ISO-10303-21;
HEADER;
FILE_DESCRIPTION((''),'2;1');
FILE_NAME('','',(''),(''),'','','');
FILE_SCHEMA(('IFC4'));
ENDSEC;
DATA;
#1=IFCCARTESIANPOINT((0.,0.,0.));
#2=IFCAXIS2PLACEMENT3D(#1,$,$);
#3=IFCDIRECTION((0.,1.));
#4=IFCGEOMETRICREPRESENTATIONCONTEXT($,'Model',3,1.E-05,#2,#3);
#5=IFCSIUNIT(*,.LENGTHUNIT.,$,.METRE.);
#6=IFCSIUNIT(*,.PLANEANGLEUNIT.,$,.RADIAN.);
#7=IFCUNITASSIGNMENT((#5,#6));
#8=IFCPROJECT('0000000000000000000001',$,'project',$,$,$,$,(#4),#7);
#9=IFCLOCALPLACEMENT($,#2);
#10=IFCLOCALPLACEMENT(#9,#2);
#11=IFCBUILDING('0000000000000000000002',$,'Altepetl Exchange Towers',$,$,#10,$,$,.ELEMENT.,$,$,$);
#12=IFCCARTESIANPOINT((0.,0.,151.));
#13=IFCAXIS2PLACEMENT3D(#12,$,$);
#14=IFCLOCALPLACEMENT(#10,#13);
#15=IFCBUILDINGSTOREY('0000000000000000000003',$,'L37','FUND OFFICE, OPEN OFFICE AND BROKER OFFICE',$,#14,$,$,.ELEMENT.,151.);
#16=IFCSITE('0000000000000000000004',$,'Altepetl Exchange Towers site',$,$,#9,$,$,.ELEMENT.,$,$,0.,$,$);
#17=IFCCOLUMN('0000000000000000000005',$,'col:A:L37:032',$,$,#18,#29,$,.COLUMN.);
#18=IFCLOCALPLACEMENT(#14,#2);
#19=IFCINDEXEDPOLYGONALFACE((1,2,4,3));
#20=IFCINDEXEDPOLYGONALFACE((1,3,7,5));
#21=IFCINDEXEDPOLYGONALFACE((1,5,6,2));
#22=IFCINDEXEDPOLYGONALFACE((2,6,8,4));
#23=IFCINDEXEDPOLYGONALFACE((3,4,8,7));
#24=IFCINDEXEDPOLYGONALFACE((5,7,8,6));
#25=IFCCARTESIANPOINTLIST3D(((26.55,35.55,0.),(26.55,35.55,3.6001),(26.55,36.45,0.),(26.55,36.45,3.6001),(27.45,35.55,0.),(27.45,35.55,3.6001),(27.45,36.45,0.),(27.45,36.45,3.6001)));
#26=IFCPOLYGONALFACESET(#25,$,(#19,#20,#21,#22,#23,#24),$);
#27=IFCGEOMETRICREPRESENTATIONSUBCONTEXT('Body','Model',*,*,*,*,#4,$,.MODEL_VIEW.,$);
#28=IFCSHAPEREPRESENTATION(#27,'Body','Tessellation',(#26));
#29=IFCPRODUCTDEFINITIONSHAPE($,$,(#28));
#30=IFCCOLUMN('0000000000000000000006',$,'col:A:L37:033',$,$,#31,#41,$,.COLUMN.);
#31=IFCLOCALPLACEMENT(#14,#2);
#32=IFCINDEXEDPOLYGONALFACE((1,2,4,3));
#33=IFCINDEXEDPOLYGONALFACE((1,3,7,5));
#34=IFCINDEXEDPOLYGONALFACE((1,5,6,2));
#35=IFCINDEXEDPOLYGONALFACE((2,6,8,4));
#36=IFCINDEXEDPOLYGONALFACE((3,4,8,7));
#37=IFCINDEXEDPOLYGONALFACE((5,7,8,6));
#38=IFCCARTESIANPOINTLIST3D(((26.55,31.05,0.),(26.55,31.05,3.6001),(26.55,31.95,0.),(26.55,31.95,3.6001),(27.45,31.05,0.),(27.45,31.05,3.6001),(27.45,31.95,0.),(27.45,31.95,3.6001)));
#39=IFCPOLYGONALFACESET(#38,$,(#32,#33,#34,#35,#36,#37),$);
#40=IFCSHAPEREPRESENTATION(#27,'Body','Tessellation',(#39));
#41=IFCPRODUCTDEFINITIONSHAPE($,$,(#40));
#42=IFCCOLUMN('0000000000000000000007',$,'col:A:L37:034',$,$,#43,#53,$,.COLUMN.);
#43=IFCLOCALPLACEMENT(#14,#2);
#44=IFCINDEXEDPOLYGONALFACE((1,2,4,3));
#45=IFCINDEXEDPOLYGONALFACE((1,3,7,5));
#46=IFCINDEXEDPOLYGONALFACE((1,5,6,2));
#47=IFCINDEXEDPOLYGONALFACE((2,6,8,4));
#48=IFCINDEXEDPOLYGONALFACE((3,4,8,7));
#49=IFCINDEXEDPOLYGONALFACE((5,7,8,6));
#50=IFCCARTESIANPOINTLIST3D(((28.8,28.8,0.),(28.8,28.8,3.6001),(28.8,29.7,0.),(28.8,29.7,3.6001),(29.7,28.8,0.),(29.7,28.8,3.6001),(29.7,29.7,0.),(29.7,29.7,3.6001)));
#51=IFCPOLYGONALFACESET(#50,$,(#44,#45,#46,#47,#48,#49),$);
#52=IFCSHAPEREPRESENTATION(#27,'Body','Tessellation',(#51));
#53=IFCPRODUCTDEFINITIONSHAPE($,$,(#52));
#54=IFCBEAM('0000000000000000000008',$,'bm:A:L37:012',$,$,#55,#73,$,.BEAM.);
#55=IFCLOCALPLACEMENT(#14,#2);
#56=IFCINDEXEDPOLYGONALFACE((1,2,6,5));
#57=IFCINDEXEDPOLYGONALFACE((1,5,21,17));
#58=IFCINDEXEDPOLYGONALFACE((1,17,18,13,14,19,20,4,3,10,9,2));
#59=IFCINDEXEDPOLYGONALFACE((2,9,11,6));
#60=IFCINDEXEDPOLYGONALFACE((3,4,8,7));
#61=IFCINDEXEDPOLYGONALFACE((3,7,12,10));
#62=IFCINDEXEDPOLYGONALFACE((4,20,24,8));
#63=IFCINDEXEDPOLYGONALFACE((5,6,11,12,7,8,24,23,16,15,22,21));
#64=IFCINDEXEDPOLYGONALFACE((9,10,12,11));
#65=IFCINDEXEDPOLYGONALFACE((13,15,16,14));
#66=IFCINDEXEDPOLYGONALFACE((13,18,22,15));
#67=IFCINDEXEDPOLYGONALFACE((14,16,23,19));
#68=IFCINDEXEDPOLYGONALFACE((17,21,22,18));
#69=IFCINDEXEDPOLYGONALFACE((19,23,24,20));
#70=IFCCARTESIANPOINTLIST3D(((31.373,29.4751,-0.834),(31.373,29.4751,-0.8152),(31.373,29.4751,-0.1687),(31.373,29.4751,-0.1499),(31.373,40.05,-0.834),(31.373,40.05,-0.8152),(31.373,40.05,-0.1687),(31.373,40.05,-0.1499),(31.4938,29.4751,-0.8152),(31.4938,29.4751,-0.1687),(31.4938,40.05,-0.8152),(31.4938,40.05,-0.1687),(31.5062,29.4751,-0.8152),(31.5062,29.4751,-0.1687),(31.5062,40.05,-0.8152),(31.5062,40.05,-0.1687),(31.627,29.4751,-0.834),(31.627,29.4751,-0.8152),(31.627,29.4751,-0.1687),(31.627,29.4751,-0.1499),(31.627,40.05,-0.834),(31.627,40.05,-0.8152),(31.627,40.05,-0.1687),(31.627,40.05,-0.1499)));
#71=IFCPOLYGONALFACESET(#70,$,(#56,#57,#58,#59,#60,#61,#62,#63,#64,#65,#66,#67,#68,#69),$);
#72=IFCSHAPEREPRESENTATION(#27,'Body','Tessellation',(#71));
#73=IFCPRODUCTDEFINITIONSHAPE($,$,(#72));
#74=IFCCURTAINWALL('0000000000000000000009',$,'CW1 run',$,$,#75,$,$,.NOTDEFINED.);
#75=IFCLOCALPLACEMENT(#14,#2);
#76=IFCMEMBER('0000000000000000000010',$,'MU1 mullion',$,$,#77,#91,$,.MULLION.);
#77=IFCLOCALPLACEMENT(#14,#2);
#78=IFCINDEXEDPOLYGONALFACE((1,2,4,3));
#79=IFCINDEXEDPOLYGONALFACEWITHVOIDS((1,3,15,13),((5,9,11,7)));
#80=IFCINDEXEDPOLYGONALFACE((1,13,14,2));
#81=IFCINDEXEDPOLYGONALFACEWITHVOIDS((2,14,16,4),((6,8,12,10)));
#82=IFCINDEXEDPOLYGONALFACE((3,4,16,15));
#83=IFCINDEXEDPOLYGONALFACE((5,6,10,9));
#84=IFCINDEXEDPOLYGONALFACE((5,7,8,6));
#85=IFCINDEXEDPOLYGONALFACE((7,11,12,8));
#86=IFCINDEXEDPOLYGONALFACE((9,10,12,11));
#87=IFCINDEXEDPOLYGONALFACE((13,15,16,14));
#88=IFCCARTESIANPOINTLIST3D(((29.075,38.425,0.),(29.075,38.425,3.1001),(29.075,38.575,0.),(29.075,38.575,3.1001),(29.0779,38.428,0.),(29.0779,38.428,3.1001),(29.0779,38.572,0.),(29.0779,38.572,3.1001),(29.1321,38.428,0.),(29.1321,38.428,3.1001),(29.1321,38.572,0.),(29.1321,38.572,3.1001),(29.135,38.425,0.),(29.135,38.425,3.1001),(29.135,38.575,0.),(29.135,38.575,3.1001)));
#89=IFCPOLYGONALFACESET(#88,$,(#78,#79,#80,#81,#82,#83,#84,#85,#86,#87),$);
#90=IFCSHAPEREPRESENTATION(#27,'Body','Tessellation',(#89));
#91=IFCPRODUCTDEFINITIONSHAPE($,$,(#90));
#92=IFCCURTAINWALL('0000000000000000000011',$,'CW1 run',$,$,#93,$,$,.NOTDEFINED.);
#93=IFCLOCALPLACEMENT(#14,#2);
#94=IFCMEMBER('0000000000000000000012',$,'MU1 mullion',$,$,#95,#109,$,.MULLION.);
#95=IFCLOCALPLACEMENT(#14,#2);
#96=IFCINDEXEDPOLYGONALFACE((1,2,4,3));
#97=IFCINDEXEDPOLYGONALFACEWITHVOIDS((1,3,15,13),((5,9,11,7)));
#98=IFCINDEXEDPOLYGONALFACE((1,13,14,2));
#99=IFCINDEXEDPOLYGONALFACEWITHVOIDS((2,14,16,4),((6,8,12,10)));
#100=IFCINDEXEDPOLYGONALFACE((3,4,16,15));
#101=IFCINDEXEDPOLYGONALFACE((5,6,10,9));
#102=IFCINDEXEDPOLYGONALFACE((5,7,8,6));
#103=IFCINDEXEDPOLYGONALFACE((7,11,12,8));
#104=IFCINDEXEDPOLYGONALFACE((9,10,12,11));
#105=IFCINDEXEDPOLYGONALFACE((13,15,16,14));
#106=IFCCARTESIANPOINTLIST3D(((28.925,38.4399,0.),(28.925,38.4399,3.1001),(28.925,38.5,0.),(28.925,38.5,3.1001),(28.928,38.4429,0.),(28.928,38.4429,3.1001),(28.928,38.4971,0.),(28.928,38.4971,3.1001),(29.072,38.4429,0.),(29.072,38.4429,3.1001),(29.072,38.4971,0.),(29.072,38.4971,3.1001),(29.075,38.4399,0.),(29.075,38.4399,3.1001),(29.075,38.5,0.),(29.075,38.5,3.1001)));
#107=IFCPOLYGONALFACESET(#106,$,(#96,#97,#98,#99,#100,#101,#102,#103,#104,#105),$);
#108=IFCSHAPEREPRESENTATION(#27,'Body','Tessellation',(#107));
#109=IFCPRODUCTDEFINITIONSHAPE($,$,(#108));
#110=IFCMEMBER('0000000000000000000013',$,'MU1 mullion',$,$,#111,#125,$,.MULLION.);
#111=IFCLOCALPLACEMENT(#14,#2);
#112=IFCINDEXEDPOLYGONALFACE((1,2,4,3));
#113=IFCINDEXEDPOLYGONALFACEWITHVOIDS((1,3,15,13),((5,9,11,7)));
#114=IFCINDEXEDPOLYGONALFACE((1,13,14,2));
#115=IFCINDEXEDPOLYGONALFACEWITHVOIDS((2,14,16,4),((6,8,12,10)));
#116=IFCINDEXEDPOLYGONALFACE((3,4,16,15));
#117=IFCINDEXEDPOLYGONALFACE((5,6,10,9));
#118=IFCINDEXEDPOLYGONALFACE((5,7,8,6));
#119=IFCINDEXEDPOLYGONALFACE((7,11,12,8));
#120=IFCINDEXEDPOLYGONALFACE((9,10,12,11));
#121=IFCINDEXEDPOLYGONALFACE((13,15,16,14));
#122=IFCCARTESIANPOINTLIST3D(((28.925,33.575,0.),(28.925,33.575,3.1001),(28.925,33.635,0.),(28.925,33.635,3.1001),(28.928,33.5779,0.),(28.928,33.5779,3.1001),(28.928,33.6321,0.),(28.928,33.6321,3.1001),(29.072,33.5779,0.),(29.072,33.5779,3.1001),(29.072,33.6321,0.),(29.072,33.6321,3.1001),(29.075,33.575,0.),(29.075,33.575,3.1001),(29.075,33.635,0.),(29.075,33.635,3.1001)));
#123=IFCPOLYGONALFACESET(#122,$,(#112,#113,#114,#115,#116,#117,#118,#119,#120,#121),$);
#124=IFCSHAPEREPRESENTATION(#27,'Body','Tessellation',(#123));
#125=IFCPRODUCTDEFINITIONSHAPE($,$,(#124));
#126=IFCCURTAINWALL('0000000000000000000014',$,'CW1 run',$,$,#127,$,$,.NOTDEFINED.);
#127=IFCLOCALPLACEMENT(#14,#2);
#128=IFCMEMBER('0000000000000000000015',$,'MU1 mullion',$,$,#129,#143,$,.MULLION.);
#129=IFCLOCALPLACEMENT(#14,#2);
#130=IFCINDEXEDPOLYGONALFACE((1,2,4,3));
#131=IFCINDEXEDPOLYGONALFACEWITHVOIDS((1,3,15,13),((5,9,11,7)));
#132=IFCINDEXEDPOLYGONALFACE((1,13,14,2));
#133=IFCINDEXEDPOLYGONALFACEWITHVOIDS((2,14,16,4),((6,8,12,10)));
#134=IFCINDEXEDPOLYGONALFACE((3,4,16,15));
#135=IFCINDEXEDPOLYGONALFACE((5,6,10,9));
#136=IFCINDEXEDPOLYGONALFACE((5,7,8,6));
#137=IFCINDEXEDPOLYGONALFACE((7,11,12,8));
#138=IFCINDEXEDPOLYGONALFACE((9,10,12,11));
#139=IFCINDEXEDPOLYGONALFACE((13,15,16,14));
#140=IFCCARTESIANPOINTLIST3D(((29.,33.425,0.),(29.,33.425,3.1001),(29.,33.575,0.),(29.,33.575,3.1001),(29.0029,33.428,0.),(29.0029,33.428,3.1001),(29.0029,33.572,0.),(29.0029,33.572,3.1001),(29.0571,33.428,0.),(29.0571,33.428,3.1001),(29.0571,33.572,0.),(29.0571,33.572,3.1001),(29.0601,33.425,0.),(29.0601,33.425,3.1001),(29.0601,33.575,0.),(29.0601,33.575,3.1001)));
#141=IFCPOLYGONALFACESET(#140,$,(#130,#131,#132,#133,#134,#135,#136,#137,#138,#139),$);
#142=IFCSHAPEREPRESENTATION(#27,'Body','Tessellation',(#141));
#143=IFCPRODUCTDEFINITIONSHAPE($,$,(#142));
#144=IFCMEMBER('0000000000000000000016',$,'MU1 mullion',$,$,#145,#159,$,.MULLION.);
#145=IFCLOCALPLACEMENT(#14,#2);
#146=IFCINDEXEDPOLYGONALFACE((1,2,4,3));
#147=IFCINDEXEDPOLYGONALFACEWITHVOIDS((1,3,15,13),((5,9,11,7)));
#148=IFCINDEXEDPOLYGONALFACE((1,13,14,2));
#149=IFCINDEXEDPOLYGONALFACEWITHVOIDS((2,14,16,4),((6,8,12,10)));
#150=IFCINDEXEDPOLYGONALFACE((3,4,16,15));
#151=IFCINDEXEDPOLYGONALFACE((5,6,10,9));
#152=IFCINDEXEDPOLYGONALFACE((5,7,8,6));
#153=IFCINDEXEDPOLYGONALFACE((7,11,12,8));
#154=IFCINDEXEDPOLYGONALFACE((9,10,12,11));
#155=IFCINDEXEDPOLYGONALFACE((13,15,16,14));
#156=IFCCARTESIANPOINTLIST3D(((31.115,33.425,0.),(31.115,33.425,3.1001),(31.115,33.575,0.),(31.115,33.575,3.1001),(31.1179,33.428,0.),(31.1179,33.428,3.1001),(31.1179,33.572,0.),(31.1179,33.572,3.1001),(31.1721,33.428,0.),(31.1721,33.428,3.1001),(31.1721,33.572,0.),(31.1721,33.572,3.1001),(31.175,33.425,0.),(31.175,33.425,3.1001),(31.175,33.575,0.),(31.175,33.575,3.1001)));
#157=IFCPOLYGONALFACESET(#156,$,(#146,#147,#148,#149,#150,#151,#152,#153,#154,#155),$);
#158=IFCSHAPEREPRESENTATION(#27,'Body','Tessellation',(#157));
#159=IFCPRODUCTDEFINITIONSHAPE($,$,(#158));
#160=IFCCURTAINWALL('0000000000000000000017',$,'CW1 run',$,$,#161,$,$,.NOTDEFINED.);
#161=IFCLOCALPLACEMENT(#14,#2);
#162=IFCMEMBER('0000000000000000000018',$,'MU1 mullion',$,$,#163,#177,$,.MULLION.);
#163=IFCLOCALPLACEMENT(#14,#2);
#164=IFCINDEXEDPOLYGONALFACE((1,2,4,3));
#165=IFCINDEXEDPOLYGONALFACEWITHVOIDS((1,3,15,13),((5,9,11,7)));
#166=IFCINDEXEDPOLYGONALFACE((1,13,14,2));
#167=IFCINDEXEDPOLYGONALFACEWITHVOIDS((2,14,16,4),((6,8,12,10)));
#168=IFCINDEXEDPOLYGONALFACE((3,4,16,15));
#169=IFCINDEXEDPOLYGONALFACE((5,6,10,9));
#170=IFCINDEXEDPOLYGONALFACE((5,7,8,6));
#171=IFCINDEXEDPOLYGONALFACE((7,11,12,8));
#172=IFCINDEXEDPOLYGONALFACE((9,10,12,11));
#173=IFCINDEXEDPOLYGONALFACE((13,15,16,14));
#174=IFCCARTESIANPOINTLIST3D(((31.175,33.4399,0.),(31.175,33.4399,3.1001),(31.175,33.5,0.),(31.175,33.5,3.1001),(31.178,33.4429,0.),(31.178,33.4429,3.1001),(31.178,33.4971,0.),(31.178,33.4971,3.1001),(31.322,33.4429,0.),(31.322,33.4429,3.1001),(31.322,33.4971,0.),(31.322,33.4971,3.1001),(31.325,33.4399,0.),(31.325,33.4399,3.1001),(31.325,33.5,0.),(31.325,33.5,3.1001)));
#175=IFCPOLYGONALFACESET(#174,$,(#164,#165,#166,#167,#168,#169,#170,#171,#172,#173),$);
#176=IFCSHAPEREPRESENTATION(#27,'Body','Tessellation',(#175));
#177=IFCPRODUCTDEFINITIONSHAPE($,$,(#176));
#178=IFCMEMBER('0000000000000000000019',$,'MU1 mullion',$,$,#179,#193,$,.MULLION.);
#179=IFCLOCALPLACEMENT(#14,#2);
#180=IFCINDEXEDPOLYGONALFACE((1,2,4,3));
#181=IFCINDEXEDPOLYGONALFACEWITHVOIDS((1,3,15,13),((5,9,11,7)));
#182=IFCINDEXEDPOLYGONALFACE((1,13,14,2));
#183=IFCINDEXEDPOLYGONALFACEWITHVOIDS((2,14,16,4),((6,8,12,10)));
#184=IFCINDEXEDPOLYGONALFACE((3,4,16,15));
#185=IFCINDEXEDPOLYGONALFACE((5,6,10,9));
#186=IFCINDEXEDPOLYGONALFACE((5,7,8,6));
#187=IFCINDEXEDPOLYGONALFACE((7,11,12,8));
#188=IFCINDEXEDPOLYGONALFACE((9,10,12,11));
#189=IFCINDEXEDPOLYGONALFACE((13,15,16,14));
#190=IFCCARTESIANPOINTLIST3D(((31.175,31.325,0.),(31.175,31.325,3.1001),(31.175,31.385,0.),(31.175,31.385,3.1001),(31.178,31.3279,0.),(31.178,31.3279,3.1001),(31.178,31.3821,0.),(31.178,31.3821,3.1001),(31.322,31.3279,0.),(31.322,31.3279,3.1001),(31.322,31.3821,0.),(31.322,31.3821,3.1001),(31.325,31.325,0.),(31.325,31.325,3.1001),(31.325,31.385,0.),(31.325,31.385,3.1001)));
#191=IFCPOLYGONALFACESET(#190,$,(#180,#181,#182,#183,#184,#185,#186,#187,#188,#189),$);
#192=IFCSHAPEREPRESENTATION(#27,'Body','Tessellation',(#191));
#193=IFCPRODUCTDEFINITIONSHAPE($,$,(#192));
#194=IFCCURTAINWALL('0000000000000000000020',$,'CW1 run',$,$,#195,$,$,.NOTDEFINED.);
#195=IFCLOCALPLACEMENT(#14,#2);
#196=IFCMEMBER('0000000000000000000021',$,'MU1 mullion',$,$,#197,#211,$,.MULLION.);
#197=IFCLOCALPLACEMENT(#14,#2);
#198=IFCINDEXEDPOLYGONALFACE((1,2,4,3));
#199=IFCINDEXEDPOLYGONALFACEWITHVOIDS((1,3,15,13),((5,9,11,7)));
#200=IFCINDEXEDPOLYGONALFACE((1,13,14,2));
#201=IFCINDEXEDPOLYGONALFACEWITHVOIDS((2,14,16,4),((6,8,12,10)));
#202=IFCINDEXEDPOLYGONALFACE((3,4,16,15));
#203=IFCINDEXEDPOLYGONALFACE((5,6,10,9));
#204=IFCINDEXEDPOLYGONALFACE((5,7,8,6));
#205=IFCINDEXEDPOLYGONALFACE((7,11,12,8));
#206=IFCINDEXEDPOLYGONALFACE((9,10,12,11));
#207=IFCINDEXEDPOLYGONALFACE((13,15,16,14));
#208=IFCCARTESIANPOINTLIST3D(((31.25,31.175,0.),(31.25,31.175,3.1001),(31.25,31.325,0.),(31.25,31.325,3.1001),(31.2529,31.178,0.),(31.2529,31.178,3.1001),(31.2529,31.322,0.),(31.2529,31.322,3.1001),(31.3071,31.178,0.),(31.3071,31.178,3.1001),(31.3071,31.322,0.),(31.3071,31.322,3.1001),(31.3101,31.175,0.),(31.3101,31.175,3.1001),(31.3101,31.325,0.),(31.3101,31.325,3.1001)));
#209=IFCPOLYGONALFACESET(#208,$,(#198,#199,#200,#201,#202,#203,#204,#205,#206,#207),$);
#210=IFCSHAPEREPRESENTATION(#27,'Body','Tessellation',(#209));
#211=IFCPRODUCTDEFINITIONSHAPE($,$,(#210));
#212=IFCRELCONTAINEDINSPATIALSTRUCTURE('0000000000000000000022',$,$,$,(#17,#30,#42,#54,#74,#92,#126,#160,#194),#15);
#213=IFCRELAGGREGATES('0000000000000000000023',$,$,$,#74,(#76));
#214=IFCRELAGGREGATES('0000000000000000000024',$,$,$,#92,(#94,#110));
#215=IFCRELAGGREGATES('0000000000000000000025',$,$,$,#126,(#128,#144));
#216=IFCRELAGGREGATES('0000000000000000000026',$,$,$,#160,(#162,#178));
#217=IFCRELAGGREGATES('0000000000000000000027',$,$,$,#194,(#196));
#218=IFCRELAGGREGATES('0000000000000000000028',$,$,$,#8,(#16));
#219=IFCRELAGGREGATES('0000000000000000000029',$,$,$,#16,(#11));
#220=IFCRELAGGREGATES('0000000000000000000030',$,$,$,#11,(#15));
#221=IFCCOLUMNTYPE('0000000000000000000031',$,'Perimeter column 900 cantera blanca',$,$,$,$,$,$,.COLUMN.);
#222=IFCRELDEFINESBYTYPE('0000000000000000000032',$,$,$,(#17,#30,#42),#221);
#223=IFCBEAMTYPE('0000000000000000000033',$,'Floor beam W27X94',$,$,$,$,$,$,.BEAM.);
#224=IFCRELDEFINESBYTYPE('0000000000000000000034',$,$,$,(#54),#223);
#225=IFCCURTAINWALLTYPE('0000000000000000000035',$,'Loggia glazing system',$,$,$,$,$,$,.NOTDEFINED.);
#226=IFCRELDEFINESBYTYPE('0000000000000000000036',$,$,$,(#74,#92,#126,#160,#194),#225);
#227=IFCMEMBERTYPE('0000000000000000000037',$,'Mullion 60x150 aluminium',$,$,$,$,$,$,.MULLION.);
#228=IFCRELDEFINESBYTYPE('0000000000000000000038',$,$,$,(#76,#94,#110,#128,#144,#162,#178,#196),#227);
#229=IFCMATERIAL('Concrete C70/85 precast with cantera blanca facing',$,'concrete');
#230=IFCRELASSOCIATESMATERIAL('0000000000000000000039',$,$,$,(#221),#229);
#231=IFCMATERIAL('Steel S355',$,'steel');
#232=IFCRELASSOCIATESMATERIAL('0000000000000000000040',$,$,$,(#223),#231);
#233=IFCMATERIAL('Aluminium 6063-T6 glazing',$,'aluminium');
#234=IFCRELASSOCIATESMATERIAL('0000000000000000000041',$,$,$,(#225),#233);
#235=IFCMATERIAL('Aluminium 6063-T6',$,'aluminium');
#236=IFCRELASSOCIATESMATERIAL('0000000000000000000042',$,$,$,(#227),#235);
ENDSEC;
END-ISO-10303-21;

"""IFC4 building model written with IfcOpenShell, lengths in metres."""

from ifc_helpers import new_model, si_unit, direction, frame, origin, origin_2d, place, context, subcontext, project, spatial, rectangle, hollow_rectangle, i_section, extrude, material, material_profile, profile_set, type_object, element, aggregate, save


model = new_model("IFC4")

# Units and contexts
model_context = context("Model", 3, precision=1e-05, world=origin(), true_north=direction((0.0, 1.0)))
body_context = subcontext(model_context, "Body", "Model", "MODEL_VIEW")
ifc_project = project(units=[si_unit("LENGTHUNIT", "METRE"), si_unit("PLANEANGLEUNIT", "RADIAN")], contexts=[model_context])

# Site, building, storey
site_placement = place(None, origin())
site = spatial("IfcSite", under=ifc_project, at=site_placement, Name="Altepetl Exchange Towers site", CompositionType="ELEMENT", RefElevation=0.0)
building_placement = place(site_placement, origin())
building = spatial("IfcBuilding", under=site, at=building_placement, Name="Altepetl Exchange Towers", CompositionType="ELEMENT")
storey_placement = place(building_placement, frame((0.0, 0.0, 151.0)))
storey = spatial("IfcBuildingStorey", under=building, at=storey_placement, Name="L37", Description="FUND OFFICE, OPEN OFFICE AND BROKER OFFICE", CompositionType="ELEMENT", Elevation=151.0)

# Columns
ifc_material_1 = material(Name="Concrete C70/85 precast with cantera blanca facing", Category="concrete")
ifc_material_profile_1 = material_profile(ifc_material_1, rectangle(XDim=0.8999, YDim=0.8999, at=origin_2d()), Name="900 x 900")
ifc_profile_set_1 = profile_set([ifc_material_profile_1], Name="Concrete C70/85 precast with cantera blanca facing")
column_type = type_object("IfcColumnType", Name="Perimeter column 900 cantera blanca", PredefinedType="COLUMN", material=ifc_profile_set_1)
for number, where, name in (
    (1, (27.0, 36.0, 0.0), "col:A:L37:032"),
    (2, (27.0, 31.5, 0.0), "col:A:L37:033"),
    (3, (29.25, 29.25, 0.0), "col:A:L37:034"),
):
    element("IfcColumn", number, at=place(storey_placement, frame(where)), inside=storey, type_object=column_type, Name=name, PredefinedType="COLUMN", context=body_context, shape_type="SweptSolid", body=[
        extrude(rectangle(XDim=0.8999, YDim=0.8999, at=origin_2d()), origin(), (0.0, 0.0, 1.0), 3.6001),
    ])

# Beam
ifc_material_2 = material(Name="Steel S355", Category="steel")
ifc_material_profile_2 = material_profile(ifc_material_2, i_section(OverallWidth=0.2539, OverallDepth=0.6841, WebThickness=0.0125, FlangeThickness=0.0188, at=origin_2d()), Name="W27X94")
ifc_profile_set_2 = profile_set([ifc_material_profile_2], Name="Steel S355")
beam_type_1 = type_object("IfcBeamType", Name="Floor beam W27X94", PredefinedType="BEAM", material=ifc_profile_set_2)
beam_1_placement = place(storey_placement, frame((31.5, 29.4751, -0.4919), z_axis=(0.0, 1.0, 0.0), x_axis=(-1.0, 0.0, 0.0)))
element("IfcBeam", 4, at=beam_1_placement, inside=storey, type_object=beam_type_1, Name="bm:A:L37:012", PredefinedType="BEAM", context=body_context, shape_type="SweptSolid", body=[
    extrude(i_section(OverallWidth=0.2539, OverallDepth=0.6841, WebThickness=0.0125, FlangeThickness=0.0188, at=origin_2d()), origin(), (0.0, 0.0, 1.0), 10.575),
])

# Curtain wall, member
ifc_material_3 = material(Name="Aluminium 6063-T6 glazing", Category="aluminium")
curtain_wall_type = type_object("IfcCurtainWallType", Name="Loggia glazing system", PredefinedType="NOTDEFINED", material=ifc_material_3)
curtain_wall_1_placement = place(storey_placement, origin())
curtain_wall_1 = element("IfcCurtainWall", 5, at=curtain_wall_1_placement, inside=storey, type_object=curtain_wall_type, Name="CW1 run", PredefinedType="NOTDEFINED")
ifc_material_4 = material(Name="Aluminium 6063-T6", Category="aluminium")
ifc_material_profile_3 = material_profile(ifc_material_4, hollow_rectangle(XDim=0.0601, YDim=0.1499, WallThickness=0.0029, at=origin_2d()), Name="Mullion 60x150 aluminium")
ifc_profile_set_3 = profile_set([ifc_material_profile_3], Name="Aluminium 6063-T6")
member_type = type_object("IfcMemberType", Name="Mullion 60x150 aluminium", PredefinedType="MULLION", material=ifc_profile_set_3)
member_1_placement = place(storey_placement, frame((29.105, 38.5, 0.0), z_axis=(0.0, 0.0, 1.0), x_axis=(-1.0, 0.0, 0.0)))
member_1 = element("IfcMember", 6, at=member_1_placement, type_object=member_type, Name="MU1 mullion", PredefinedType="MULLION", context=body_context, shape_type="SweptSolid", body=[
    extrude(hollow_rectangle(XDim=0.0601, YDim=0.1499, WallThickness=0.0029, at=origin_2d()), origin(), (0.0, 0.0, 1.0), 3.1001),
])

# Curtain walls, members
curtain_wall_2_placement = place(storey_placement, origin())
curtain_wall_2 = element("IfcCurtainWall", 7, at=curtain_wall_2_placement, inside=storey, type_object=curtain_wall_type, Name="CW1 run", PredefinedType="NOTDEFINED")
member_2_placement = place(storey_placement, frame((29.0, 38.47, 0.0), z_axis=(0.0, 0.0, 1.0), x_axis=(0.0, -1.0, 0.0)))
member_2 = element("IfcMember", 8, at=member_2_placement, type_object=member_type, Name="MU1 mullion", PredefinedType="MULLION", context=body_context, shape_type="SweptSolid", body=[
    extrude(hollow_rectangle(XDim=0.0601, YDim=0.1499, WallThickness=0.0029, at=origin_2d()), origin(), (0.0, 0.0, 1.0), 3.1001),
])
member_3_placement = place(storey_placement, frame((29.0, 33.605, 0.0), z_axis=(0.0, 0.0, 1.0), x_axis=(0.0, -1.0, 0.0)))
member_3 = element("IfcMember", 9, at=member_3_placement, type_object=member_type, Name="MU1 mullion", PredefinedType="MULLION", context=body_context, shape_type="SweptSolid", body=[
    extrude(hollow_rectangle(XDim=0.0601, YDim=0.1499, WallThickness=0.0029, at=origin_2d()), origin(), (0.0, 0.0, 1.0), 3.1001),
])
curtain_wall_3_placement = place(storey_placement, origin())
curtain_wall_3 = element("IfcCurtainWall", 10, at=curtain_wall_3_placement, inside=storey, type_object=curtain_wall_type, Name="CW1 run", PredefinedType="NOTDEFINED")
member_4_placement = place(storey_placement, frame((29.03, 33.5, 0.0)))
member_4 = element("IfcMember", 11, at=member_4_placement, type_object=member_type, Name="MU1 mullion", PredefinedType="MULLION", context=body_context, shape_type="SweptSolid", body=[
    extrude(hollow_rectangle(XDim=0.0601, YDim=0.1499, WallThickness=0.0029, at=origin_2d()), origin(), (0.0, 0.0, 1.0), 3.1001),
])
member_5_placement = place(storey_placement, frame((31.145, 33.5, 0.0)))
member_5 = element("IfcMember", 12, at=member_5_placement, type_object=member_type, Name="MU1 mullion", PredefinedType="MULLION", context=body_context, shape_type="SweptSolid", body=[
    extrude(hollow_rectangle(XDim=0.0601, YDim=0.1499, WallThickness=0.0029, at=origin_2d()), origin(), (0.0, 0.0, 1.0), 3.1001),
])
curtain_wall_4_placement = place(storey_placement, origin())
curtain_wall_4 = element("IfcCurtainWall", 13, at=curtain_wall_4_placement, inside=storey, type_object=curtain_wall_type, Name="CW1 run", PredefinedType="NOTDEFINED")
member_6_placement = place(storey_placement, frame((31.25, 33.47, 0.0), z_axis=(0.0, 0.0, 1.0), x_axis=(0.0, -1.0, 0.0)))
member_6 = element("IfcMember", 14, at=member_6_placement, type_object=member_type, Name="MU1 mullion", PredefinedType="MULLION", context=body_context, shape_type="SweptSolid", body=[
    extrude(hollow_rectangle(XDim=0.0601, YDim=0.1499, WallThickness=0.0029, at=origin_2d()), origin(), (0.0, 0.0, 1.0), 3.1001),
])
member_7_placement = place(storey_placement, frame((31.25, 31.355, 0.0), z_axis=(0.0, 0.0, 1.0), x_axis=(0.0, -1.0, 0.0)))
member_7 = element("IfcMember", 15, at=member_7_placement, type_object=member_type, Name="MU1 mullion", PredefinedType="MULLION", context=body_context, shape_type="SweptSolid", body=[
    extrude(hollow_rectangle(XDim=0.0601, YDim=0.1499, WallThickness=0.0029, at=origin_2d()), origin(), (0.0, 0.0, 1.0), 3.1001),
])
curtain_wall_5_placement = place(storey_placement, origin())
curtain_wall_5 = element("IfcCurtainWall", 16, at=curtain_wall_5_placement, inside=storey, type_object=curtain_wall_type, Name="CW1 run", PredefinedType="NOTDEFINED")
member_8_placement = place(storey_placement, frame((31.28, 31.25, 0.0)))
member_8 = element("IfcMember", 17, at=member_8_placement, type_object=member_type, Name="MU1 mullion", PredefinedType="MULLION", context=body_context, shape_type="SweptSolid", body=[
    extrude(hollow_rectangle(XDim=0.0601, YDim=0.1499, WallThickness=0.0029, at=origin_2d()), origin(), (0.0, 0.0, 1.0), 3.1001),
])

aggregate(curtain_wall_1, [member_1])
aggregate(curtain_wall_2, [member_2, member_3])
aggregate(curtain_wall_3, [member_4, member_5])
aggregate(curtain_wall_4, [member_6, member_7])
aggregate(curtain_wall_5, [member_8])

save(model, "model.ifc")
